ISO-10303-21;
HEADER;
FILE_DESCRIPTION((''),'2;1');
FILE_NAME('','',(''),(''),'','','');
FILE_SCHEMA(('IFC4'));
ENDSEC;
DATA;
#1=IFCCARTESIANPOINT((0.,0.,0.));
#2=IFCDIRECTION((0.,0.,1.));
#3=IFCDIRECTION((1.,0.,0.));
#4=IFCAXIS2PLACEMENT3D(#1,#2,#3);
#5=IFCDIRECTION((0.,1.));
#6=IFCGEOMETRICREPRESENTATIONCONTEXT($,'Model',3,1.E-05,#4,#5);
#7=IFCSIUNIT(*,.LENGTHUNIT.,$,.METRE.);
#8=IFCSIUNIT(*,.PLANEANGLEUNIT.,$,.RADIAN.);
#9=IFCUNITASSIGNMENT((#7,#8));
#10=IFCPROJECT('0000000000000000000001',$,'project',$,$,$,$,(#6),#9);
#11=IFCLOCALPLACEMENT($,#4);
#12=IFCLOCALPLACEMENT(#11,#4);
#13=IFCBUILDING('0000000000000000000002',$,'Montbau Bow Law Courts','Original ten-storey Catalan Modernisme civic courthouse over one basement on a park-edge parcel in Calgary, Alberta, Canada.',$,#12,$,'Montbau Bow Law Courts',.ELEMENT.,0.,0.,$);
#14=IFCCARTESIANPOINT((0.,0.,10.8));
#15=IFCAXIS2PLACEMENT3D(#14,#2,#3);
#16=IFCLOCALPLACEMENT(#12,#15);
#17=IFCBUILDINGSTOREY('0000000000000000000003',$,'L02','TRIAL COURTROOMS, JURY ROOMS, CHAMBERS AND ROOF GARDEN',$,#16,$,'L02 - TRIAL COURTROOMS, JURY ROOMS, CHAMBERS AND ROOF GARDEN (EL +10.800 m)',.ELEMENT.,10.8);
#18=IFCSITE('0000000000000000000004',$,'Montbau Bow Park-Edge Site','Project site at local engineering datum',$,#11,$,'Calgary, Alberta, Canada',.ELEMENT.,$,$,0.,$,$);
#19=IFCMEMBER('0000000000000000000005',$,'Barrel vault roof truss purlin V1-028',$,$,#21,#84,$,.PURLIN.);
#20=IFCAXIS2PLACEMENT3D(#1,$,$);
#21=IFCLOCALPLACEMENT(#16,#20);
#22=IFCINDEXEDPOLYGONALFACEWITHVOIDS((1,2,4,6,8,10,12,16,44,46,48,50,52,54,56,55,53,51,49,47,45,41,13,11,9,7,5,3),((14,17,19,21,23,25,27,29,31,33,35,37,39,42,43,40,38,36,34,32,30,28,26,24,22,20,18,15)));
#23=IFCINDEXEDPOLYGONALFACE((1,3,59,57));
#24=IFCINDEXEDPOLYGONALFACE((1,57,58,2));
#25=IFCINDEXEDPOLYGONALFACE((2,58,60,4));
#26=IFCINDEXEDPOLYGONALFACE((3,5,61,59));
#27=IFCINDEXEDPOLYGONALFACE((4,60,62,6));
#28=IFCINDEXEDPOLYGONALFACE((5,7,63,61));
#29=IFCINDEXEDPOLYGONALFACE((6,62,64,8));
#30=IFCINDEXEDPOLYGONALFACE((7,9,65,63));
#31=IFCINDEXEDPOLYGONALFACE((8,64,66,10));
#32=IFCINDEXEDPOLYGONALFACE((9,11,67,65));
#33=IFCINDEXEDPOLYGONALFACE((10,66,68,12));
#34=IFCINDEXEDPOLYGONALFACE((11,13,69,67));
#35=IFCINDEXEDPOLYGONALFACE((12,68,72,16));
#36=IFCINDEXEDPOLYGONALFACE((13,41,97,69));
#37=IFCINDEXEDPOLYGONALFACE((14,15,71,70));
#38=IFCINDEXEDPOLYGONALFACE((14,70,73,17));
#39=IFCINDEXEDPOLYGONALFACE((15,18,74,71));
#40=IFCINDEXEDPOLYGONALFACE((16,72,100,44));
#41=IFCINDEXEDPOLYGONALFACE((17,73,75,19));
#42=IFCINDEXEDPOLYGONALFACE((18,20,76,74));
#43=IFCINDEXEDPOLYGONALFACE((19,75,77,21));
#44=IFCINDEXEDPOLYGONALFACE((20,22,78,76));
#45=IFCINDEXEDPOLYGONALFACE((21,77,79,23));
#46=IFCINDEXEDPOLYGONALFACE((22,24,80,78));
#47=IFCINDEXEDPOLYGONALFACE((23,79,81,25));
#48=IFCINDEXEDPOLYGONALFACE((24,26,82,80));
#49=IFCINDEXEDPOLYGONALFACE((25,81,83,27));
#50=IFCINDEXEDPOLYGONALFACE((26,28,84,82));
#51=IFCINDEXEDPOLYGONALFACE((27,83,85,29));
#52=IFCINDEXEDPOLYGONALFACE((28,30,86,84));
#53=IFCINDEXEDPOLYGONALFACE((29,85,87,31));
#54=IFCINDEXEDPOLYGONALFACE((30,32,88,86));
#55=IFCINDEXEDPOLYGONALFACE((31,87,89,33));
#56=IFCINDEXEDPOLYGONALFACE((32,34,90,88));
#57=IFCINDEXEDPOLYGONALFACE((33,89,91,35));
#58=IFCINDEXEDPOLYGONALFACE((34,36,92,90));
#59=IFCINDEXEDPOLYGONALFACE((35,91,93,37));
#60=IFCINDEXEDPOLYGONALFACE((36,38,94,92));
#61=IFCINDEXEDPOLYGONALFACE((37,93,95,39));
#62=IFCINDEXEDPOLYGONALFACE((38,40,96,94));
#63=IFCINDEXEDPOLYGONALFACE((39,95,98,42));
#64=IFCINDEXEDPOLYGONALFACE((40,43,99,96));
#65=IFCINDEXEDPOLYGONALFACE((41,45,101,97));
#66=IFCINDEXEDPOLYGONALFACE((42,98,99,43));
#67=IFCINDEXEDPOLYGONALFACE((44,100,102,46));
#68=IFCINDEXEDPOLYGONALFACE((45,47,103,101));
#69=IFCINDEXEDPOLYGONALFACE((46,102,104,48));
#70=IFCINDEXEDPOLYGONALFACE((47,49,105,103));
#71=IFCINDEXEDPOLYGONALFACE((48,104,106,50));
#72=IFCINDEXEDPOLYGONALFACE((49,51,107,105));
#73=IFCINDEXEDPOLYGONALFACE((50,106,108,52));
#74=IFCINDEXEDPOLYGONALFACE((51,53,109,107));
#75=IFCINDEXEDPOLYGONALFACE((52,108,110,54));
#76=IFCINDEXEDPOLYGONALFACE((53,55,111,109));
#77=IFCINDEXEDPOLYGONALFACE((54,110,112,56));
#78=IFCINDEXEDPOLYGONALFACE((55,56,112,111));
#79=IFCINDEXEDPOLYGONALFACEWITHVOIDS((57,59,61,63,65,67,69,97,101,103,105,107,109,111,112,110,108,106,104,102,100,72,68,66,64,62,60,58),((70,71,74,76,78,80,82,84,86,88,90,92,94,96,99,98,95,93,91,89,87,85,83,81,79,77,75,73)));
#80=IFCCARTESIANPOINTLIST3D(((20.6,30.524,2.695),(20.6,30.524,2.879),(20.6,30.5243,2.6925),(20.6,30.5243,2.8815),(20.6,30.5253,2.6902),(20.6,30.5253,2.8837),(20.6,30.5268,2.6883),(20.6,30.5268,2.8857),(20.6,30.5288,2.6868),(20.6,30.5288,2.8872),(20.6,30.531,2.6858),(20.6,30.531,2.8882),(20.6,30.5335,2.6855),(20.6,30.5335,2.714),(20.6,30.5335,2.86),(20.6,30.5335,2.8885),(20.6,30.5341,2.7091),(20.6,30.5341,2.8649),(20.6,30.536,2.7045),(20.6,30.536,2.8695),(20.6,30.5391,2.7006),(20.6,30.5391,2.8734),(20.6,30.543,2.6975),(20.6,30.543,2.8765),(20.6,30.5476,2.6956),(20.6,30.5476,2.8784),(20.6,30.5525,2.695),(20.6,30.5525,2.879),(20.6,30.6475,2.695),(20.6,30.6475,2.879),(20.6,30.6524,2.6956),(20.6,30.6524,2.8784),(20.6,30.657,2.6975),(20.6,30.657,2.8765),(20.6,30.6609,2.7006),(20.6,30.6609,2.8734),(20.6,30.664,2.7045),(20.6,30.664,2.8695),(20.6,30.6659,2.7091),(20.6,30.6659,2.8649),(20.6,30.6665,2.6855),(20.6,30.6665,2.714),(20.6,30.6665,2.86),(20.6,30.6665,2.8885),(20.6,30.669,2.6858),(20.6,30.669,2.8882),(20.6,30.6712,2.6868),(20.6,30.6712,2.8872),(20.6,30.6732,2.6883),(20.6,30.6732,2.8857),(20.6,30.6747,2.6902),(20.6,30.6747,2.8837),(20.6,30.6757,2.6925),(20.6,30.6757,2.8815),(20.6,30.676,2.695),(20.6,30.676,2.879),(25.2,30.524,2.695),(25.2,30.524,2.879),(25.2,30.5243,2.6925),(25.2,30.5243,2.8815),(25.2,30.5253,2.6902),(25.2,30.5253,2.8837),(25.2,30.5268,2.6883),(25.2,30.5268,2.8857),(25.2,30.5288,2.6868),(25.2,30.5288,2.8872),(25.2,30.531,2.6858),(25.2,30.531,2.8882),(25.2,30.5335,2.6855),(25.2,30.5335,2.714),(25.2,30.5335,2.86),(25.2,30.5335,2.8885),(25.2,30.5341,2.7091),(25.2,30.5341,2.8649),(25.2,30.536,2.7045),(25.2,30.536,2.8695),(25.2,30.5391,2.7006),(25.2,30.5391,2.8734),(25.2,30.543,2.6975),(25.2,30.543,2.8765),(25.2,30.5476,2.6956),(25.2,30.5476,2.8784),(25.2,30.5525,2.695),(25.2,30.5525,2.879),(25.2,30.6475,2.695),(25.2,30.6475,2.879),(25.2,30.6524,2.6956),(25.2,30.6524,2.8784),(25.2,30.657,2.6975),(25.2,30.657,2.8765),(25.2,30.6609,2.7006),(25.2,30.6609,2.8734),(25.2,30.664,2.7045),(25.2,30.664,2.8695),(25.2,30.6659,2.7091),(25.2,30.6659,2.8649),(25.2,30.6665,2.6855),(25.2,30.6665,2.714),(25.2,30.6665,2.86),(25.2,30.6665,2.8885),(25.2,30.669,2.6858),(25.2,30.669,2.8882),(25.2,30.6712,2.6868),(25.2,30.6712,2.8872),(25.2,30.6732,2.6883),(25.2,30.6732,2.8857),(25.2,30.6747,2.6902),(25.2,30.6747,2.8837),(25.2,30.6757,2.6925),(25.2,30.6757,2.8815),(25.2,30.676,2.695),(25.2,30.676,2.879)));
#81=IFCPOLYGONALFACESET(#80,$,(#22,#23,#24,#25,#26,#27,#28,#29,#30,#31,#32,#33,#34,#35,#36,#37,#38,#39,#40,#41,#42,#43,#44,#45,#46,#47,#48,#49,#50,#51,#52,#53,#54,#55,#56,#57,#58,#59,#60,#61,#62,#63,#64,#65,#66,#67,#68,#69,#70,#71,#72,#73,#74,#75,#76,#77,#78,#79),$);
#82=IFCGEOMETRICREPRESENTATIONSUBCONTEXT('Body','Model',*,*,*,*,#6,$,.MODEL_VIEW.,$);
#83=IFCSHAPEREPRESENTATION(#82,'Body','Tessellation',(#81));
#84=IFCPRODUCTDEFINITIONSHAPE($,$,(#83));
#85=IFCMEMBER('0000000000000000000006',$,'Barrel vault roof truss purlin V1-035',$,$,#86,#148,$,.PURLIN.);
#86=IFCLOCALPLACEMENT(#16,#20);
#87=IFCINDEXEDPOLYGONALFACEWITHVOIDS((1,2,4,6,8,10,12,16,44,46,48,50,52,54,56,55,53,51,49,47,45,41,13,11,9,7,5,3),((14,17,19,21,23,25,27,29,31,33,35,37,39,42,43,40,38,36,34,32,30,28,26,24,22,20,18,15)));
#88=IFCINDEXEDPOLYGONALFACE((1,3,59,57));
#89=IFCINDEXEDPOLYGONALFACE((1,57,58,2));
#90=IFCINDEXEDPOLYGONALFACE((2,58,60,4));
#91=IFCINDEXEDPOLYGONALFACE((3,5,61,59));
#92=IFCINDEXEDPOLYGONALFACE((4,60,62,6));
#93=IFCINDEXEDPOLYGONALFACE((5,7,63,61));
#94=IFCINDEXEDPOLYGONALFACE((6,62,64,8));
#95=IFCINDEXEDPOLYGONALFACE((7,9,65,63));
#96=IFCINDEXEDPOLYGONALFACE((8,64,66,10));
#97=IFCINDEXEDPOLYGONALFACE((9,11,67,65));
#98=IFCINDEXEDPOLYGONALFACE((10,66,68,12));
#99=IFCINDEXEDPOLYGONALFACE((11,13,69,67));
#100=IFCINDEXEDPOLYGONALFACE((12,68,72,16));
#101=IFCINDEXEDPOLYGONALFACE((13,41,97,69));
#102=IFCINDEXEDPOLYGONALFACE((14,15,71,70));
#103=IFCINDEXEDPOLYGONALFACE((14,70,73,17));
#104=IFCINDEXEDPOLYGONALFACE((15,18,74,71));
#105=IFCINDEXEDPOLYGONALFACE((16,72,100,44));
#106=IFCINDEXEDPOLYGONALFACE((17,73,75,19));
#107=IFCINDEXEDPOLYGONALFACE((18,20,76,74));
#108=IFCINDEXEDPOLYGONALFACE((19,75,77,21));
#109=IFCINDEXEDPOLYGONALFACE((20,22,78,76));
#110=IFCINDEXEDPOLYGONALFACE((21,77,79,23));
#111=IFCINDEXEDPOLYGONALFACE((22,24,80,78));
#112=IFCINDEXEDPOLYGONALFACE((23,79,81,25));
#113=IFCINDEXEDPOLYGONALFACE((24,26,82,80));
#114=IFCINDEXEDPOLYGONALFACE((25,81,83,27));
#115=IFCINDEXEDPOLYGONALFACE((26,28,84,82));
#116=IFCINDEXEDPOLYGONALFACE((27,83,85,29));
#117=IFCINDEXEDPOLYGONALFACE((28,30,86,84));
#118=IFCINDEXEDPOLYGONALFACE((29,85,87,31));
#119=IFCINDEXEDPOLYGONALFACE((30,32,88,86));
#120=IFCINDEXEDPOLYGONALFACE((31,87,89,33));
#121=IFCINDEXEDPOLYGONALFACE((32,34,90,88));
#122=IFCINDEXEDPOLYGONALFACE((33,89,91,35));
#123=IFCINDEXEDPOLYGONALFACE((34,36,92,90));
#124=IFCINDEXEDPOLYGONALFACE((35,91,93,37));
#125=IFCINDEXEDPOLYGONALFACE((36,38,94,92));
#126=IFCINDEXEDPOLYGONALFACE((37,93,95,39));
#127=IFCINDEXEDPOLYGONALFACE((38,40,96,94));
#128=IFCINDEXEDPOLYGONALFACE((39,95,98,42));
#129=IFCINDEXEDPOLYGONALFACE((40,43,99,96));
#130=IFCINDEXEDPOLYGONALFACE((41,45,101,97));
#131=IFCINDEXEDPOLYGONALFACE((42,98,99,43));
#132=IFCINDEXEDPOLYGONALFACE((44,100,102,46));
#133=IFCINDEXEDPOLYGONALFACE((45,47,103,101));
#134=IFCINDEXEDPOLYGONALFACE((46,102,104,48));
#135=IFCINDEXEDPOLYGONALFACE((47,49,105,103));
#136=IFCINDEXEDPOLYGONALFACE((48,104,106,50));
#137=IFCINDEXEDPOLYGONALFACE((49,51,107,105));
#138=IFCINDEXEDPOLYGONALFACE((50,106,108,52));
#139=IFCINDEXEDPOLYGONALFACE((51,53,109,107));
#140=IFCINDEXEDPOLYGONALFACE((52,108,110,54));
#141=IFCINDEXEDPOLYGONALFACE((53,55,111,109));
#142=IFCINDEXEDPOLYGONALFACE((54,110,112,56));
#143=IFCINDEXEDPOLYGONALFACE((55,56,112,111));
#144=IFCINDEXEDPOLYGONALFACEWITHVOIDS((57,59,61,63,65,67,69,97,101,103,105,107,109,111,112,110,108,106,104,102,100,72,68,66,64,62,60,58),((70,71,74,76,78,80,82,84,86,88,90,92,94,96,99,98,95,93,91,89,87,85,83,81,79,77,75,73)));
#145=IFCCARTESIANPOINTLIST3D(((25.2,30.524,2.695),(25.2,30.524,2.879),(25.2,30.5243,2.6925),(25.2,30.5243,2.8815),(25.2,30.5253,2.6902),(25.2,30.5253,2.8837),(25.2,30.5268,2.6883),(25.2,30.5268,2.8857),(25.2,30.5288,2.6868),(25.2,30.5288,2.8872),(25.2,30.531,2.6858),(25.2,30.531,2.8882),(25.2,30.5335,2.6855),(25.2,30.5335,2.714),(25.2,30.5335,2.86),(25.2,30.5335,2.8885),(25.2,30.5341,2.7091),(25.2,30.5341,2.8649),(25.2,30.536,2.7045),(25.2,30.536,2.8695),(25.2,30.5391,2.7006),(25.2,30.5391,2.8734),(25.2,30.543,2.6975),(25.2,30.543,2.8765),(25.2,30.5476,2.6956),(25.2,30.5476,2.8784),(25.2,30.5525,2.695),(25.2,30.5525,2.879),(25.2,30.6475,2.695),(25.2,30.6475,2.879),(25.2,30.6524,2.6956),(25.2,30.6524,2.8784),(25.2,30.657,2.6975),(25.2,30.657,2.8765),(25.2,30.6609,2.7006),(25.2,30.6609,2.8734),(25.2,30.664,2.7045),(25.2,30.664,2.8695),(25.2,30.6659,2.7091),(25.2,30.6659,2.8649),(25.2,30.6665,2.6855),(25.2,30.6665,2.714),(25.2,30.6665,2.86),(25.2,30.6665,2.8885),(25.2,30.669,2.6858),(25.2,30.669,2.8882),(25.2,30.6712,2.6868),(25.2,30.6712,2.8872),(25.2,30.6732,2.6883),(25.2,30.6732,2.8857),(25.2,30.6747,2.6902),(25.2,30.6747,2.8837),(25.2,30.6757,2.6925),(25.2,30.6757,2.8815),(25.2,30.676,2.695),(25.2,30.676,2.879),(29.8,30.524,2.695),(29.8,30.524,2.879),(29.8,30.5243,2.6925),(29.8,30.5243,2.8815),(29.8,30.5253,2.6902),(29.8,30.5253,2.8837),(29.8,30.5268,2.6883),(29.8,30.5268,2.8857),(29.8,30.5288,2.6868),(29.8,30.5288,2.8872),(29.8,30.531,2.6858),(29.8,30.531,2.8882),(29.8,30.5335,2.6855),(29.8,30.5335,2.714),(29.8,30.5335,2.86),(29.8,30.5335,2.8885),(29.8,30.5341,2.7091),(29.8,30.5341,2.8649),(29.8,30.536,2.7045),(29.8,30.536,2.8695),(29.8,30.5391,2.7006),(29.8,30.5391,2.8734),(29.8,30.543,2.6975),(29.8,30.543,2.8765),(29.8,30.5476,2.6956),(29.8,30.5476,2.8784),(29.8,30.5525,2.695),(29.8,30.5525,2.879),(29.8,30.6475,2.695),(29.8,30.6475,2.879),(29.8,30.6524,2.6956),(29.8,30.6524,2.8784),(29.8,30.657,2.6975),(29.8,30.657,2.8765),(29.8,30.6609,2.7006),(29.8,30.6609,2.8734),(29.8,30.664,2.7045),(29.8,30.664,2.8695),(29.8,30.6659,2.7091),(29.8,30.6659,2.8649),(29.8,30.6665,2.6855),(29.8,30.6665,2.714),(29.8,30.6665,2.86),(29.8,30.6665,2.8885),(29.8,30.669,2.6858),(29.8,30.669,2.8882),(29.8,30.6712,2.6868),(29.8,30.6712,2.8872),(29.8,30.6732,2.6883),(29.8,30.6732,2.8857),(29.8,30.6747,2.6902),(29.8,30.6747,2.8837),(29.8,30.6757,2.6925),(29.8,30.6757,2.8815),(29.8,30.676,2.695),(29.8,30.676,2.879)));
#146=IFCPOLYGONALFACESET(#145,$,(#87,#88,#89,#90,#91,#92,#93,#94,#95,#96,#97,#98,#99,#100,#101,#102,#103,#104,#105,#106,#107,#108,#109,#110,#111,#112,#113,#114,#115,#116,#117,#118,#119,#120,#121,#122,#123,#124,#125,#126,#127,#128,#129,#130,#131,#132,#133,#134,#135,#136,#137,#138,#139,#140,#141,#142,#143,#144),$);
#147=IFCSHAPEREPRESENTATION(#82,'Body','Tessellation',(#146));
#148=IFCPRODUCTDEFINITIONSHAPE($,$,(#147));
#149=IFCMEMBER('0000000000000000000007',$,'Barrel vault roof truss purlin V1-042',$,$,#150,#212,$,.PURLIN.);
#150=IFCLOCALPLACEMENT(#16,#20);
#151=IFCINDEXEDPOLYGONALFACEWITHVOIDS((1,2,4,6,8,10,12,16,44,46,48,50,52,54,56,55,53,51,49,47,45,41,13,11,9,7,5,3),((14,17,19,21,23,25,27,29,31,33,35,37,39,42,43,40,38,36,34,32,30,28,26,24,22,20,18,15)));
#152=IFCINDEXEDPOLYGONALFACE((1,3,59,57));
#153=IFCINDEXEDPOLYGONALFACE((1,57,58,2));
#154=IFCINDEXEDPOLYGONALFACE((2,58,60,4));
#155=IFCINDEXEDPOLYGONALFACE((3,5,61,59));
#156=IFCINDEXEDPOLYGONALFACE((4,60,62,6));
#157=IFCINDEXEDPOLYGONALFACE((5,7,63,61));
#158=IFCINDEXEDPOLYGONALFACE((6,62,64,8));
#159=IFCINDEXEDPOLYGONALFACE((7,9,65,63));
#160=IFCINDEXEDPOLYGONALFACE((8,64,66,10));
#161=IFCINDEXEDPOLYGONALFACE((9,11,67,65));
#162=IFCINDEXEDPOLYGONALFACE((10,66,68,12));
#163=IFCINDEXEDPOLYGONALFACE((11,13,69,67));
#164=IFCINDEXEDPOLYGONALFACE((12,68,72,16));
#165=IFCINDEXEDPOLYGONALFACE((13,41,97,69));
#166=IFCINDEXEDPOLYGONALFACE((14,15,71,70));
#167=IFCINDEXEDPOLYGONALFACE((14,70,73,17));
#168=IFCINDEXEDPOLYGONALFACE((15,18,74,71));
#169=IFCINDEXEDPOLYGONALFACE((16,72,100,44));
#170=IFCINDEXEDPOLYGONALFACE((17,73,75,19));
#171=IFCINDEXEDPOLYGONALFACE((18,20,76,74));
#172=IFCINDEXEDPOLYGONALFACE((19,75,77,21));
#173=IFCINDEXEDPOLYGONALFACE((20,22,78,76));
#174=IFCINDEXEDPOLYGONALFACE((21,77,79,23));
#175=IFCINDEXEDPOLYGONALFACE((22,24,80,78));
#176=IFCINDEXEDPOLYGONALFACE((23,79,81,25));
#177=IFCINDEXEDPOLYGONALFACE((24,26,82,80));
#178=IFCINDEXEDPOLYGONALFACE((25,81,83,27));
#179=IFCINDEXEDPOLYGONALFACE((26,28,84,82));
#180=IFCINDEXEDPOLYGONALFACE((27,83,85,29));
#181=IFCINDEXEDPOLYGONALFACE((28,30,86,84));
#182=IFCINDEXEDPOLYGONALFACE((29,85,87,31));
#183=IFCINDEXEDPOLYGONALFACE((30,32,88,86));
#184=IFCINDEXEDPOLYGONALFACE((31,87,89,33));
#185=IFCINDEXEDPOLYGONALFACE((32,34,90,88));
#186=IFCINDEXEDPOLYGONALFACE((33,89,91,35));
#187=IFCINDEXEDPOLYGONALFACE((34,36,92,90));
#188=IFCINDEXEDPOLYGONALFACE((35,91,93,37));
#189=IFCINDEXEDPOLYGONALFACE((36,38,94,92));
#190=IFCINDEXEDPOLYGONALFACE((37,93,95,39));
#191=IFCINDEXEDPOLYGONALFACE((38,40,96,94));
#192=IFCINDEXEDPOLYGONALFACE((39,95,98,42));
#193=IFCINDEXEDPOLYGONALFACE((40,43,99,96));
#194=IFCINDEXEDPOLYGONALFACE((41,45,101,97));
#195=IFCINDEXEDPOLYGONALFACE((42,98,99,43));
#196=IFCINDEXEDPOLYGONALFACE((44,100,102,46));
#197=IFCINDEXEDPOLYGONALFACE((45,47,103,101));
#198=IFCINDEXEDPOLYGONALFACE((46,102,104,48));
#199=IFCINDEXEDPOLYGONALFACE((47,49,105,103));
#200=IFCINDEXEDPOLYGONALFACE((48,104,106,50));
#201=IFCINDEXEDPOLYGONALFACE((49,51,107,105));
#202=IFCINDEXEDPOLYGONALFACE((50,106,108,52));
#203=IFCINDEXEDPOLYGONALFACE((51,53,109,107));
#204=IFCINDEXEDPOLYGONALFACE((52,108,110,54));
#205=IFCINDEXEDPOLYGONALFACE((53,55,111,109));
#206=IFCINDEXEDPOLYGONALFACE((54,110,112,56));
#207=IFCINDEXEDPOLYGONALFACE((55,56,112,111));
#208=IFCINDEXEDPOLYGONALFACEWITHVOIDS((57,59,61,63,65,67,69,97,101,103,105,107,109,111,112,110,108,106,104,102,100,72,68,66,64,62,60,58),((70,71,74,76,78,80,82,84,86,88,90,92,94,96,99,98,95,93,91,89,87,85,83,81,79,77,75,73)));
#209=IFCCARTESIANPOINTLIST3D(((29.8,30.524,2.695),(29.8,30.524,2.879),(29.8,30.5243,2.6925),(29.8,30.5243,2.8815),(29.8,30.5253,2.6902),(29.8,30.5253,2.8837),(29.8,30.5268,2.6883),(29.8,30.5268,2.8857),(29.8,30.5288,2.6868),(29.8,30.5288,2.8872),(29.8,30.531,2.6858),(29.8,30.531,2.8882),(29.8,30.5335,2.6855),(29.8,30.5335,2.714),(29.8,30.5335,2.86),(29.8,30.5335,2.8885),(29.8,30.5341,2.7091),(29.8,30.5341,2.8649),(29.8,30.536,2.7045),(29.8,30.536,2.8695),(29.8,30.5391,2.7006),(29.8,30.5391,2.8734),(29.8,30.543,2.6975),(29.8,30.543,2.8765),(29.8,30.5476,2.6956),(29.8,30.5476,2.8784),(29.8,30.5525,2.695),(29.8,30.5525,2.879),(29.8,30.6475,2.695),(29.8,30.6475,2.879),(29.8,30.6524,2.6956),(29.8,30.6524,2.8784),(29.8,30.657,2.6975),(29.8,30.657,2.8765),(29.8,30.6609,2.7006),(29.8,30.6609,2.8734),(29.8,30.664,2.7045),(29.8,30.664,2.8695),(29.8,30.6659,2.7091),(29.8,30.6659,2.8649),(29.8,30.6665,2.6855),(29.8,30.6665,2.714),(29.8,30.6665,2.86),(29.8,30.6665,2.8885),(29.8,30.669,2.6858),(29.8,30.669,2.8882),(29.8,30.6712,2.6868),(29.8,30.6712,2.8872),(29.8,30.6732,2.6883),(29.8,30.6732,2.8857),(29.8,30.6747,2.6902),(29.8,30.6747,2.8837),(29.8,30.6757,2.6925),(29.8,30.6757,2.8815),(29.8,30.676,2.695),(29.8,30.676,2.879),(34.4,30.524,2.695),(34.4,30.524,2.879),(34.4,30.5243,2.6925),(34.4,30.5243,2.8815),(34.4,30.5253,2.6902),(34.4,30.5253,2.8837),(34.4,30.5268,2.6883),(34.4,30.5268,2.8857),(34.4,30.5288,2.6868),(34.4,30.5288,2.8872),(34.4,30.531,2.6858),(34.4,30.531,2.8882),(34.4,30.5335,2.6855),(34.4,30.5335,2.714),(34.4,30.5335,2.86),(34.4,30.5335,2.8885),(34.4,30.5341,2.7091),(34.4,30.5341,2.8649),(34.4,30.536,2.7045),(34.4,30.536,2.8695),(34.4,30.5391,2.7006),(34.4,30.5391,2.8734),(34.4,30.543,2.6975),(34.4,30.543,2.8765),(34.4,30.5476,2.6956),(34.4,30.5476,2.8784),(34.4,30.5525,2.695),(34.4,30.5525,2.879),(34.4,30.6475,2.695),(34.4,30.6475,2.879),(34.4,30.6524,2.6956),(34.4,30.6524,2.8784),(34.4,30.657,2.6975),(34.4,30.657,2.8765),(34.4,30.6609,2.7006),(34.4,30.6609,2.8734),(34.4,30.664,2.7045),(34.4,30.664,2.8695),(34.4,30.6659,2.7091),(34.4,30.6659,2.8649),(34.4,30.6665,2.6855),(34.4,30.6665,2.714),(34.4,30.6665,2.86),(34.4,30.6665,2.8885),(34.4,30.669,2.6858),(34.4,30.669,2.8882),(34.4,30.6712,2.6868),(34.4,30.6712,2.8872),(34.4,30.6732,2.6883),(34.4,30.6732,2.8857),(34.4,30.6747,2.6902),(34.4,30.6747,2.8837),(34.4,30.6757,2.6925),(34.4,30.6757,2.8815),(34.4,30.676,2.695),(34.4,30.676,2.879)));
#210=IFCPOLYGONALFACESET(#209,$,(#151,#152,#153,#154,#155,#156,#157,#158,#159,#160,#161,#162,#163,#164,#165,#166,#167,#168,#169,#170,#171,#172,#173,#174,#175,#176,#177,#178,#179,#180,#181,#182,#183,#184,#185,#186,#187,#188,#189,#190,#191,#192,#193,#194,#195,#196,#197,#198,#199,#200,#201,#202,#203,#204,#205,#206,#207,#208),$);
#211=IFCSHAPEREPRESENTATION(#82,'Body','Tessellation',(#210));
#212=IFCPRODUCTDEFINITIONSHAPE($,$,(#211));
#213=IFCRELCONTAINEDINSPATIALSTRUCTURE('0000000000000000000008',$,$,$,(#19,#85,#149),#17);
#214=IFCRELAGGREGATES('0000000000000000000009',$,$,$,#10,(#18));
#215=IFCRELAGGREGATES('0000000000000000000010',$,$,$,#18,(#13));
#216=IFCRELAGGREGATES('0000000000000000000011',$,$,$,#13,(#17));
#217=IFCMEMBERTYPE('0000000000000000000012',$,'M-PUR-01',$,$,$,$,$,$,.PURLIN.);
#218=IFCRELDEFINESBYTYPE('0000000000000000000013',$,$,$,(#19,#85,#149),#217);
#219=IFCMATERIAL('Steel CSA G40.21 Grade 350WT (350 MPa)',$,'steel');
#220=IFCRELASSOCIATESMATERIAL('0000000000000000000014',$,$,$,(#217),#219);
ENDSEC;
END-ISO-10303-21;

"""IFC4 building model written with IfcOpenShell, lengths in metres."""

from ifc_helpers import new_model, si_unit, direction, frame, origin_with_axes, origin_2d_with_axis, place, context, subcontext, project, spatial, hollow_rectangle, extrude, material, material_profile, profile_set, type_object, element, save


model = new_model("IFC4")

# Units and contexts
model_context = context("Model", 3, precision=1e-05, world=origin_with_axes(), true_north=direction((0.0, 1.0)))
body_context = subcontext(model_context, "Body", "Model", "MODEL_VIEW")
ifc_project = project(units=[si_unit("LENGTHUNIT", "METRE"), si_unit("PLANEANGLEUNIT", "RADIAN")], contexts=[model_context])

# Site, building, storey
site_placement = place(None, origin_with_axes())
site = spatial("IfcSite", under=ifc_project, at=site_placement, Name="Montbau Bow Park-Edge Site", Description="Project site at local engineering datum", LongName="Calgary, Alberta, Canada", CompositionType="ELEMENT", RefElevation=0.0)
building_placement = place(site_placement, origin_with_axes())
building = spatial("IfcBuilding", under=site, at=building_placement, Name="Montbau Bow Law Courts", Description="Original ten-storey Catalan Modernisme civic courthouse over one basement on a park-edge parcel in Calgary, Alberta, Canada.", LongName="Montbau Bow Law Courts", CompositionType="ELEMENT", ElevationOfRefHeight=0.0, ElevationOfTerrain=0.0)
storey_placement = place(building_placement, frame((0.0, 0.0, 10.8), z_axis=(0.0, 0.0, 1.0), x_axis=(1.0, 0.0, 0.0)))
storey = spatial("IfcBuildingStorey", under=building, at=storey_placement, Name="L02", Description="TRIAL COURTROOMS, JURY ROOMS, CHAMBERS AND ROOF GARDEN", LongName="L02 - TRIAL COURTROOMS, JURY ROOMS, CHAMBERS AND ROOF GARDEN (EL +10.800 m)", CompositionType="ELEMENT", Elevation=10.8)

# Shared definitions
ifc_material_1 = material(Name="Steel CSA G40.21 Grade 350WT (350 MPa)", Category="steel")

# Members
ifc_material_profile_1 = material_profile(ifc_material_1, hollow_rectangle(XDim=0.152, YDim=0.203, WallThickness=0.0095, InnerFilletRadius=0.019, OuterFilletRadius=0.0095, at=origin_2d_with_axis()), Name="HSS203X152X9.5", Category="Main", Priority=0)
ifc_profile_set_1 = profile_set([ifc_material_profile_1], Name="Steel CSA G40.21 Grade 350WT (350 MPa)")
member_type_1 = type_object("IfcMemberType", Name="M-PUR-01", PredefinedType="PURLIN", material=ifc_profile_set_1)
for number, where, z_axis, x_axis, name in (
    (1, (20.6, 30.6, 13.587), (1.0, 0.0, 0.0), (0.0, 1.0, 0.0), "Barrel vault roof truss purlin V1-028"),
    (2, (25.2, 30.6, 13.587), (1.0, 0.0, 0.0), (0.0, 1.0, 0.0), "Barrel vault roof truss purlin V1-035"),
    (3, (29.8, 30.6, 13.587), (1.0, 0.0, 0.0), (0.0, 1.0, 0.0), "Barrel vault roof truss purlin V1-042"),
):
    element("IfcMember", number, at=place(None, frame(where, z_axis=z_axis, x_axis=x_axis)), inside=storey, type_object=member_type_1, Name=name, PredefinedType="PURLIN", context=body_context, shape_type="SweptSolid", body=[
        extrude(hollow_rectangle(XDim=0.152, YDim=0.203, WallThickness=0.0095, InnerFilletRadius=0.019, OuterFilletRadius=0.0095, at=origin_2d_with_axis()), origin_with_axes(), (0.0, 0.0, 1.0), 4.6),
    ])

save(model, "model.ifc")
